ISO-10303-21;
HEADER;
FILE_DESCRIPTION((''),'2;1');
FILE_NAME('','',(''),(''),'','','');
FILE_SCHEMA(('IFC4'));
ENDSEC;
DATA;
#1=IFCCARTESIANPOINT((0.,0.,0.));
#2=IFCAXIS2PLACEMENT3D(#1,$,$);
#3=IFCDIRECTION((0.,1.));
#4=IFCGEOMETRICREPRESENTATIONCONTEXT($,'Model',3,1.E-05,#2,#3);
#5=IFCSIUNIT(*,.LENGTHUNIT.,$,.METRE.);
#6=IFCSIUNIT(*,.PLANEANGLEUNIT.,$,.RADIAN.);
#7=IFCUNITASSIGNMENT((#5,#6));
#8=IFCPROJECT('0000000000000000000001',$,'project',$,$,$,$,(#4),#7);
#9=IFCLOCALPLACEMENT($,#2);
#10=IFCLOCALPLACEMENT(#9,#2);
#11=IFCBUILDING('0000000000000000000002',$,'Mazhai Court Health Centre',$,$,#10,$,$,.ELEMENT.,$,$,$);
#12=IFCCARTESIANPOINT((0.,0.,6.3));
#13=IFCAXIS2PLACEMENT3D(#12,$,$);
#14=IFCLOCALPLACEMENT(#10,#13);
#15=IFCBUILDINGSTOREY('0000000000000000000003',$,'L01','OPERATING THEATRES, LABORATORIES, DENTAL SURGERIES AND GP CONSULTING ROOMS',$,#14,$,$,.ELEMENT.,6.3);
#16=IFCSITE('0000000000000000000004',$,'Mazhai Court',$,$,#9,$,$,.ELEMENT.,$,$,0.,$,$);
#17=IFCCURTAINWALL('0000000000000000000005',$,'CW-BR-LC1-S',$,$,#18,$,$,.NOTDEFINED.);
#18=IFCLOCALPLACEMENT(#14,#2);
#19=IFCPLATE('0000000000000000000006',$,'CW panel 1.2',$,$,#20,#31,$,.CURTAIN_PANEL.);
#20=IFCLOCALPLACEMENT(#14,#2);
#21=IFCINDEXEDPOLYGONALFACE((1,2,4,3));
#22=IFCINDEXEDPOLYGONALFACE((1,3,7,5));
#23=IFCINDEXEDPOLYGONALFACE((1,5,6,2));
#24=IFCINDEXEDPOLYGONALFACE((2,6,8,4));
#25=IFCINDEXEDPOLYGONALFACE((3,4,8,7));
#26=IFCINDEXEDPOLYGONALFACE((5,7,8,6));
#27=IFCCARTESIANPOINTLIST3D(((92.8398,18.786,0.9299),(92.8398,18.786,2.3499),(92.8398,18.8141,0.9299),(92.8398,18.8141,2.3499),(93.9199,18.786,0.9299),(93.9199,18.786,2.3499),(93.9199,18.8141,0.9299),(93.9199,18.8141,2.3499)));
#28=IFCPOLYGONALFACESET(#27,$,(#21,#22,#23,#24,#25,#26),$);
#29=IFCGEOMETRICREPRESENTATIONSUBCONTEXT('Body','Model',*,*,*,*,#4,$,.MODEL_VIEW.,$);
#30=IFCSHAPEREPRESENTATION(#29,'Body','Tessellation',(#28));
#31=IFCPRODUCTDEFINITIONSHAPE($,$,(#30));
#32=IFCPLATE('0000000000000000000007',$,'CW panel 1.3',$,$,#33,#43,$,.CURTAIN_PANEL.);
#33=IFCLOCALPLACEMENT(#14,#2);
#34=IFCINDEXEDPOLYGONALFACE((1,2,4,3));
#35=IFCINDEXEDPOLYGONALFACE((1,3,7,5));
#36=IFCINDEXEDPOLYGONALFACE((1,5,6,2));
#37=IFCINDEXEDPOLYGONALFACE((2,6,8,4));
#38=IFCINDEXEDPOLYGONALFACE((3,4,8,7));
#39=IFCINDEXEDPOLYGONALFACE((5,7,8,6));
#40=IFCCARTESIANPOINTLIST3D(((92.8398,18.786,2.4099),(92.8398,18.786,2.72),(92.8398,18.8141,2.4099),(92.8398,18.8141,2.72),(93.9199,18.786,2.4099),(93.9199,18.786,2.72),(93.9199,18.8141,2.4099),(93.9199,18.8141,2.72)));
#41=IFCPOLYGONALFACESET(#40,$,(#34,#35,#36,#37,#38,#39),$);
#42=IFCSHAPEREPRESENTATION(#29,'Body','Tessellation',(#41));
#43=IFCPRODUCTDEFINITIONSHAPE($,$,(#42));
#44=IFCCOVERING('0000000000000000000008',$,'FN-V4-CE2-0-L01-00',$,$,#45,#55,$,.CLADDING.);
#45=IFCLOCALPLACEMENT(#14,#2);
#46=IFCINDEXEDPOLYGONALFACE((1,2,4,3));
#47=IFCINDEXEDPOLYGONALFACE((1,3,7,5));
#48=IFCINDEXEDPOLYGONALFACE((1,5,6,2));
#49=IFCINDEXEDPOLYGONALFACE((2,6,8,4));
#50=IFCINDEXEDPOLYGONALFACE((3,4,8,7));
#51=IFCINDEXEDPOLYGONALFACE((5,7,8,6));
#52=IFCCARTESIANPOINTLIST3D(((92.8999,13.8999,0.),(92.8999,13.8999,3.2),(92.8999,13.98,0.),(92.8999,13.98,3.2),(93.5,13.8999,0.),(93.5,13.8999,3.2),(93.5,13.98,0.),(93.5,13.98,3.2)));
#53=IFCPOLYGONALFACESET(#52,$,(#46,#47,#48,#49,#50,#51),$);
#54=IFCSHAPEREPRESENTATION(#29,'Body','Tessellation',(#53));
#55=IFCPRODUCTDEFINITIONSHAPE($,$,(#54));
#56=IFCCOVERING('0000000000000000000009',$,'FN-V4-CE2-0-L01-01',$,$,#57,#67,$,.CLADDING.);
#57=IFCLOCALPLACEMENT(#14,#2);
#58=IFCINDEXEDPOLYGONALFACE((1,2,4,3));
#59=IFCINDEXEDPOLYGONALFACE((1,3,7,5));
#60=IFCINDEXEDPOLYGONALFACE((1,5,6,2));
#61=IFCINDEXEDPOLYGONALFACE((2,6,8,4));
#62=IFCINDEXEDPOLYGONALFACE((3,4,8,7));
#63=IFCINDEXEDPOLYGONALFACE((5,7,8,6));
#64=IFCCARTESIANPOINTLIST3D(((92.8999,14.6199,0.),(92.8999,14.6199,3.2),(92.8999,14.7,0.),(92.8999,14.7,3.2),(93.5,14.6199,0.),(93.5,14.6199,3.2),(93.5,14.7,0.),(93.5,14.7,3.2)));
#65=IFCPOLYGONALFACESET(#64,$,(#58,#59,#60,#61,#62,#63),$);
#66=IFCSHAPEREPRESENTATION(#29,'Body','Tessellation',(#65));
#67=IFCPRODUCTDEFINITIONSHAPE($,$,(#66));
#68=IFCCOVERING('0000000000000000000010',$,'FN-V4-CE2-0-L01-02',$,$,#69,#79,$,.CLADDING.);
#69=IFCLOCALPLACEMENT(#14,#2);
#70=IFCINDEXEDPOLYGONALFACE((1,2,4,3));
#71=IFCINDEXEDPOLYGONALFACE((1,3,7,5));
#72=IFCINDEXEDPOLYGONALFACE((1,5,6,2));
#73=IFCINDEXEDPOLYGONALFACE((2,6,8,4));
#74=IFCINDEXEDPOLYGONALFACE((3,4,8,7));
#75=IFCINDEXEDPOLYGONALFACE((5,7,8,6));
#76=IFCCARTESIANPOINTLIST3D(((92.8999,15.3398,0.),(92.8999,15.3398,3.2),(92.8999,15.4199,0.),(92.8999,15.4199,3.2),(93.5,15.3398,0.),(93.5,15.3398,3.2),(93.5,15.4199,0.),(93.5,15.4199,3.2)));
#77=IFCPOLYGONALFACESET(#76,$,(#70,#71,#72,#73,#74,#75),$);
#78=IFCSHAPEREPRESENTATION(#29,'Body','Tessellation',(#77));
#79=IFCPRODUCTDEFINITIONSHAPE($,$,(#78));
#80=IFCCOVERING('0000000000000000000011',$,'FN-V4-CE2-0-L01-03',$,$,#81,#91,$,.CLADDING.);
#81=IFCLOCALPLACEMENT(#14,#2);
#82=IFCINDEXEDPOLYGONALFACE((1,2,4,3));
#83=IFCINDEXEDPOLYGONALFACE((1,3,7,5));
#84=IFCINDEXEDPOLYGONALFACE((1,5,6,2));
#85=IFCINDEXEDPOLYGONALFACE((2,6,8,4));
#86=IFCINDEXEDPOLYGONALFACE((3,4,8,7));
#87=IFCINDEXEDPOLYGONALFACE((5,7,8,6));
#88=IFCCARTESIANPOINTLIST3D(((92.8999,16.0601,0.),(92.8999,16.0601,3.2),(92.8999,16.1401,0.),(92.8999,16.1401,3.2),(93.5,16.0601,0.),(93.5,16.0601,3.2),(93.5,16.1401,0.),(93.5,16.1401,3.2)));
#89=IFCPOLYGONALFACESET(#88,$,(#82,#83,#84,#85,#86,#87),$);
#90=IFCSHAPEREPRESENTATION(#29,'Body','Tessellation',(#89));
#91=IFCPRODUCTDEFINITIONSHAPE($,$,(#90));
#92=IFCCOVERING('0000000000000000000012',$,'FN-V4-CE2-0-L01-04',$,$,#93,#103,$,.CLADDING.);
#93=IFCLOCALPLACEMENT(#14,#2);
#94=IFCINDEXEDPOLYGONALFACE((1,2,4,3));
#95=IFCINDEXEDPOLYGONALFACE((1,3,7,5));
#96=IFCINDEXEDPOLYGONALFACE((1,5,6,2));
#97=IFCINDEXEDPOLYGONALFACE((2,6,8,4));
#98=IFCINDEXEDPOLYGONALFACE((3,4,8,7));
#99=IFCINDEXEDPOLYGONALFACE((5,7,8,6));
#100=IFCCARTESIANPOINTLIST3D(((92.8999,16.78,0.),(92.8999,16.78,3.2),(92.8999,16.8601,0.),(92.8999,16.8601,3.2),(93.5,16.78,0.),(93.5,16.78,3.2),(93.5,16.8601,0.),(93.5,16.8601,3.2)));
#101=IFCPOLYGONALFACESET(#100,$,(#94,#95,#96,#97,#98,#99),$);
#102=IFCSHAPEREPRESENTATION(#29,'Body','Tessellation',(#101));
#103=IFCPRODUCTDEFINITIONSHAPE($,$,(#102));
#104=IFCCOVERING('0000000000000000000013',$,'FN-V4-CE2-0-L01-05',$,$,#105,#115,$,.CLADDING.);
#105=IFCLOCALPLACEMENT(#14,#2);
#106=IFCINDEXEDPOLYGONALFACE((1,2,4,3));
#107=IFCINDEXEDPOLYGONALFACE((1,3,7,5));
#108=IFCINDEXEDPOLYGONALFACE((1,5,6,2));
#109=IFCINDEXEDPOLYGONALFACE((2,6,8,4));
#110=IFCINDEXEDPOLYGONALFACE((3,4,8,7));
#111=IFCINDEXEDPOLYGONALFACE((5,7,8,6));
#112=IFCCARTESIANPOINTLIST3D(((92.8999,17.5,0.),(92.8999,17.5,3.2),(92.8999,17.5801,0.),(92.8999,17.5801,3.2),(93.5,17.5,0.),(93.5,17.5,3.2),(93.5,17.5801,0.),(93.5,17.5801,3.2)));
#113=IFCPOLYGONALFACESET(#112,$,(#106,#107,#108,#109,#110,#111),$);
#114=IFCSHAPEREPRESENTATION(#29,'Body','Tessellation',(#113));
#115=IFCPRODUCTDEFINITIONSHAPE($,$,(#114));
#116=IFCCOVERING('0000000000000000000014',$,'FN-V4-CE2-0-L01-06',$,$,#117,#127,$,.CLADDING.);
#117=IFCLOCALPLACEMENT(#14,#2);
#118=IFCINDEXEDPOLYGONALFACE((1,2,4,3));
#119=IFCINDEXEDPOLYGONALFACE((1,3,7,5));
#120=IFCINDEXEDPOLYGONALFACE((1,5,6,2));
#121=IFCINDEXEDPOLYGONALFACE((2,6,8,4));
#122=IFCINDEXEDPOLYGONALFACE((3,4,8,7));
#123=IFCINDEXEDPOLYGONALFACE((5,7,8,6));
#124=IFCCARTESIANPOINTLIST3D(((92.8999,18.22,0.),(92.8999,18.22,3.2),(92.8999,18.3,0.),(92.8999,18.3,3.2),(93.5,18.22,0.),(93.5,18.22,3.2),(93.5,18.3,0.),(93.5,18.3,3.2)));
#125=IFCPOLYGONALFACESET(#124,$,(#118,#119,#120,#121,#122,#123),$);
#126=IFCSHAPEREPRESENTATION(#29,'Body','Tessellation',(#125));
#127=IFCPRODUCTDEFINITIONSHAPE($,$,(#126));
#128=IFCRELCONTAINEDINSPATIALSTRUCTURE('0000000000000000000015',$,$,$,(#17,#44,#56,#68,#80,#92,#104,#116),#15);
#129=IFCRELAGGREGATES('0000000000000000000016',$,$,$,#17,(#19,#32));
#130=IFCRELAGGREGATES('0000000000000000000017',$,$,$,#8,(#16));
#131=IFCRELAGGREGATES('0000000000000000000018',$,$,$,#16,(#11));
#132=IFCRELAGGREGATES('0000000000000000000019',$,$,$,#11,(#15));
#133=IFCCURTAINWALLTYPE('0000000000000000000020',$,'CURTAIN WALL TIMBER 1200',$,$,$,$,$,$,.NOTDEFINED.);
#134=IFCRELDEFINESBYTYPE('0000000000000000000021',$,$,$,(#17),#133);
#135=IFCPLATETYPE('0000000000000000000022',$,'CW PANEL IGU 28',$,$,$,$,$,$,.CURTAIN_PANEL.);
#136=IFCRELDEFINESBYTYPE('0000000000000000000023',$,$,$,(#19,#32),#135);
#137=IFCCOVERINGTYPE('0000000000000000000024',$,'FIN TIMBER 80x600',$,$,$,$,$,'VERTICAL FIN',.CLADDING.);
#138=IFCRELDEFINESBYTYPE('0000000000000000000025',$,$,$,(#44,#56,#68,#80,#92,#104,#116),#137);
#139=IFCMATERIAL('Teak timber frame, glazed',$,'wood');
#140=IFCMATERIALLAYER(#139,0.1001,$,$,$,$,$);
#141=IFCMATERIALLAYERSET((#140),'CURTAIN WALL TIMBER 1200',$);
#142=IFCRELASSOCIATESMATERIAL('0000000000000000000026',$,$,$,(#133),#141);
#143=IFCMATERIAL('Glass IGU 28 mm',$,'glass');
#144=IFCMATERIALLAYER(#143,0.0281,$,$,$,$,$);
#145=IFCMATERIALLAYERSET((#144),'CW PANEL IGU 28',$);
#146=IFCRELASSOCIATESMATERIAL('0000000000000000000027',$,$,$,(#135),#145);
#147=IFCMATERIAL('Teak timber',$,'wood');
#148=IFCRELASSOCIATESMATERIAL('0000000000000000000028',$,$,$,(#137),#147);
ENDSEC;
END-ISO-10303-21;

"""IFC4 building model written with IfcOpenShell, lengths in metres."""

from ifc_helpers import new_model, si_unit, direction, frame, origin, origin_2d, place, context, subcontext, project, spatial, rectangle, extrude, material, layer, layer_set, type_object, element, aggregate, save


model = new_model("IFC4")

# Units and contexts
model_context = context("Model", 3, precision=1e-05, world=origin(), true_north=direction((0.0, 1.0)))
body_context = subcontext(model_context, "Body", "Model", "MODEL_VIEW")
ifc_project = project(units=[si_unit("LENGTHUNIT", "METRE"), si_unit("PLANEANGLEUNIT", "RADIAN")], contexts=[model_context])

# Site, building, storey
site_placement = place(None, origin())
site = spatial("IfcSite", under=ifc_project, at=site_placement, Name="Mazhai Court", CompositionType="ELEMENT", RefElevation=0.0)
building_placement = place(site_placement, origin())
building = spatial("IfcBuilding", under=site, at=building_placement, Name="Mazhai Court Health Centre", CompositionType="ELEMENT")
storey_placement = place(building_placement, frame((0.0, 0.0, 6.3)))
storey = spatial("IfcBuildingStorey", under=building, at=storey_placement, Name="L01", Description="OPERATING THEATRES, LABORATORIES, DENTAL SURGERIES AND GP CONSULTING ROOMS", CompositionType="ELEMENT", Elevation=6.3)

# Curtain wall
ifc_material_1 = material(Name="Teak timber frame, glazed", Category="wood")
ifc_layer_1 = layer(ifc_material_1, 0.1001)
ifc_layer_set_1 = layer_set([ifc_layer_1], Name="CURTAIN WALL TIMBER 1200")
curtain_wall_type = type_object("IfcCurtainWallType", Name="CURTAIN WALL TIMBER 1200", PredefinedType="NOTDEFINED", material=ifc_layer_set_1)
curtain_wall_placement = place(storey_placement, origin())
curtain_wall = element("IfcCurtainWall", 1, at=curtain_wall_placement, inside=storey, type_object=curtain_wall_type, Name="CW-BR-LC1-S", PredefinedType="NOTDEFINED")

# Plates
ifc_material_2 = material(Name="Glass IGU 28 mm", Category="glass")
ifc_layer_2 = layer(ifc_material_2, 0.0281)
ifc_layer_set_2 = layer_set([ifc_layer_2], Name="CW PANEL IGU 28")
plate_type = type_object("IfcPlateType", Name="CW PANEL IGU 28", PredefinedType="CURTAIN_PANEL", material=ifc_layer_set_2)
plate_1_placement = place(storey_placement, frame((93.3799, 18.8, 0.9299), z_axis=(0.0, 0.0, 1.0), x_axis=(1.0, 0.0, 0.0)))
plate_1 = element("IfcPlate", 2, at=plate_1_placement, type_object=plate_type, Name="CW panel 1.2", PredefinedType="CURTAIN_PANEL", context=body_context, shape_type="SweptSolid", body=[
    extrude(rectangle(XDim=1.0801, YDim=0.0281, at=origin_2d()), origin(), (0.0, 0.0, 1.0), 1.4199),
])
plate_2_placement = place(storey_placement, frame((93.3799, 18.8, 2.4099), z_axis=(0.0, 0.0, 1.0), x_axis=(1.0, 0.0, 0.0)))
plate_2 = element("IfcPlate", 3, at=plate_2_placement, type_object=plate_type, Name="CW panel 1.3", PredefinedType="CURTAIN_PANEL", context=body_context, shape_type="SweptSolid", body=[
    extrude(rectangle(XDim=1.0801, YDim=0.0281, at=origin_2d()), origin(), (0.0, 0.0, 1.0), 0.3101),
])
aggregate(curtain_wall, [plate_1, plate_2])

# Coverings
ifc_material_3 = material(Name="Teak timber", Category="wood")
covering_type = type_object("IfcCoveringType", Name="FIN TIMBER 80x600", ElementType="VERTICAL FIN", PredefinedType="CLADDING", material=ifc_material_3)
for number, where, z_axis, x_axis, name in (
    (4, (93.2, 13.9399, 0.0), (0.0, 0.0, 1.0), (0.0, 1.0, 0.0), "FN-V4-CE2-0-L01-00"),
    (5, (93.2, 14.6599, 0.0), (0.0, 0.0, 1.0), (0.0, 1.0, 0.0), "FN-V4-CE2-0-L01-01"),
    (6, (93.2, 15.3799, 0.0), (0.0, 0.0, 1.0), (0.0, 1.0, 0.0), "FN-V4-CE2-0-L01-02"),
    (7, (93.2, 16.1001, 0.0), (0.0, 0.0, 1.0), (0.0, 1.0, 0.0), "FN-V4-CE2-0-L01-03"),
    (8, (93.2, 16.8201, 0.0), (0.0, 0.0, 1.0), (0.0, 1.0, 0.0), "FN-V4-CE2-0-L01-04"),
    (9, (93.2, 17.54, 0.0), (0.0, 0.0, 1.0), (0.0, 1.0, 0.0), "FN-V4-CE2-0-L01-05"),
    (10, (93.2, 18.26, 0.0), (0.0, 0.0, 1.0), (0.0, 1.0, 0.0), "FN-V4-CE2-0-L01-06"),
):
    element("IfcCovering", number, at=place(storey_placement, frame(where, z_axis=z_axis, x_axis=x_axis)), inside=storey, type_object=covering_type, Name=name, PredefinedType="CLADDING", context=body_context, shape_type="SweptSolid", body=[
        extrude(rectangle(XDim=0.0801, YDim=0.6001, at=origin_2d()), origin(), (0.0, 0.0, 1.0), 3.2),
    ])

save(model, "model.ifc")
